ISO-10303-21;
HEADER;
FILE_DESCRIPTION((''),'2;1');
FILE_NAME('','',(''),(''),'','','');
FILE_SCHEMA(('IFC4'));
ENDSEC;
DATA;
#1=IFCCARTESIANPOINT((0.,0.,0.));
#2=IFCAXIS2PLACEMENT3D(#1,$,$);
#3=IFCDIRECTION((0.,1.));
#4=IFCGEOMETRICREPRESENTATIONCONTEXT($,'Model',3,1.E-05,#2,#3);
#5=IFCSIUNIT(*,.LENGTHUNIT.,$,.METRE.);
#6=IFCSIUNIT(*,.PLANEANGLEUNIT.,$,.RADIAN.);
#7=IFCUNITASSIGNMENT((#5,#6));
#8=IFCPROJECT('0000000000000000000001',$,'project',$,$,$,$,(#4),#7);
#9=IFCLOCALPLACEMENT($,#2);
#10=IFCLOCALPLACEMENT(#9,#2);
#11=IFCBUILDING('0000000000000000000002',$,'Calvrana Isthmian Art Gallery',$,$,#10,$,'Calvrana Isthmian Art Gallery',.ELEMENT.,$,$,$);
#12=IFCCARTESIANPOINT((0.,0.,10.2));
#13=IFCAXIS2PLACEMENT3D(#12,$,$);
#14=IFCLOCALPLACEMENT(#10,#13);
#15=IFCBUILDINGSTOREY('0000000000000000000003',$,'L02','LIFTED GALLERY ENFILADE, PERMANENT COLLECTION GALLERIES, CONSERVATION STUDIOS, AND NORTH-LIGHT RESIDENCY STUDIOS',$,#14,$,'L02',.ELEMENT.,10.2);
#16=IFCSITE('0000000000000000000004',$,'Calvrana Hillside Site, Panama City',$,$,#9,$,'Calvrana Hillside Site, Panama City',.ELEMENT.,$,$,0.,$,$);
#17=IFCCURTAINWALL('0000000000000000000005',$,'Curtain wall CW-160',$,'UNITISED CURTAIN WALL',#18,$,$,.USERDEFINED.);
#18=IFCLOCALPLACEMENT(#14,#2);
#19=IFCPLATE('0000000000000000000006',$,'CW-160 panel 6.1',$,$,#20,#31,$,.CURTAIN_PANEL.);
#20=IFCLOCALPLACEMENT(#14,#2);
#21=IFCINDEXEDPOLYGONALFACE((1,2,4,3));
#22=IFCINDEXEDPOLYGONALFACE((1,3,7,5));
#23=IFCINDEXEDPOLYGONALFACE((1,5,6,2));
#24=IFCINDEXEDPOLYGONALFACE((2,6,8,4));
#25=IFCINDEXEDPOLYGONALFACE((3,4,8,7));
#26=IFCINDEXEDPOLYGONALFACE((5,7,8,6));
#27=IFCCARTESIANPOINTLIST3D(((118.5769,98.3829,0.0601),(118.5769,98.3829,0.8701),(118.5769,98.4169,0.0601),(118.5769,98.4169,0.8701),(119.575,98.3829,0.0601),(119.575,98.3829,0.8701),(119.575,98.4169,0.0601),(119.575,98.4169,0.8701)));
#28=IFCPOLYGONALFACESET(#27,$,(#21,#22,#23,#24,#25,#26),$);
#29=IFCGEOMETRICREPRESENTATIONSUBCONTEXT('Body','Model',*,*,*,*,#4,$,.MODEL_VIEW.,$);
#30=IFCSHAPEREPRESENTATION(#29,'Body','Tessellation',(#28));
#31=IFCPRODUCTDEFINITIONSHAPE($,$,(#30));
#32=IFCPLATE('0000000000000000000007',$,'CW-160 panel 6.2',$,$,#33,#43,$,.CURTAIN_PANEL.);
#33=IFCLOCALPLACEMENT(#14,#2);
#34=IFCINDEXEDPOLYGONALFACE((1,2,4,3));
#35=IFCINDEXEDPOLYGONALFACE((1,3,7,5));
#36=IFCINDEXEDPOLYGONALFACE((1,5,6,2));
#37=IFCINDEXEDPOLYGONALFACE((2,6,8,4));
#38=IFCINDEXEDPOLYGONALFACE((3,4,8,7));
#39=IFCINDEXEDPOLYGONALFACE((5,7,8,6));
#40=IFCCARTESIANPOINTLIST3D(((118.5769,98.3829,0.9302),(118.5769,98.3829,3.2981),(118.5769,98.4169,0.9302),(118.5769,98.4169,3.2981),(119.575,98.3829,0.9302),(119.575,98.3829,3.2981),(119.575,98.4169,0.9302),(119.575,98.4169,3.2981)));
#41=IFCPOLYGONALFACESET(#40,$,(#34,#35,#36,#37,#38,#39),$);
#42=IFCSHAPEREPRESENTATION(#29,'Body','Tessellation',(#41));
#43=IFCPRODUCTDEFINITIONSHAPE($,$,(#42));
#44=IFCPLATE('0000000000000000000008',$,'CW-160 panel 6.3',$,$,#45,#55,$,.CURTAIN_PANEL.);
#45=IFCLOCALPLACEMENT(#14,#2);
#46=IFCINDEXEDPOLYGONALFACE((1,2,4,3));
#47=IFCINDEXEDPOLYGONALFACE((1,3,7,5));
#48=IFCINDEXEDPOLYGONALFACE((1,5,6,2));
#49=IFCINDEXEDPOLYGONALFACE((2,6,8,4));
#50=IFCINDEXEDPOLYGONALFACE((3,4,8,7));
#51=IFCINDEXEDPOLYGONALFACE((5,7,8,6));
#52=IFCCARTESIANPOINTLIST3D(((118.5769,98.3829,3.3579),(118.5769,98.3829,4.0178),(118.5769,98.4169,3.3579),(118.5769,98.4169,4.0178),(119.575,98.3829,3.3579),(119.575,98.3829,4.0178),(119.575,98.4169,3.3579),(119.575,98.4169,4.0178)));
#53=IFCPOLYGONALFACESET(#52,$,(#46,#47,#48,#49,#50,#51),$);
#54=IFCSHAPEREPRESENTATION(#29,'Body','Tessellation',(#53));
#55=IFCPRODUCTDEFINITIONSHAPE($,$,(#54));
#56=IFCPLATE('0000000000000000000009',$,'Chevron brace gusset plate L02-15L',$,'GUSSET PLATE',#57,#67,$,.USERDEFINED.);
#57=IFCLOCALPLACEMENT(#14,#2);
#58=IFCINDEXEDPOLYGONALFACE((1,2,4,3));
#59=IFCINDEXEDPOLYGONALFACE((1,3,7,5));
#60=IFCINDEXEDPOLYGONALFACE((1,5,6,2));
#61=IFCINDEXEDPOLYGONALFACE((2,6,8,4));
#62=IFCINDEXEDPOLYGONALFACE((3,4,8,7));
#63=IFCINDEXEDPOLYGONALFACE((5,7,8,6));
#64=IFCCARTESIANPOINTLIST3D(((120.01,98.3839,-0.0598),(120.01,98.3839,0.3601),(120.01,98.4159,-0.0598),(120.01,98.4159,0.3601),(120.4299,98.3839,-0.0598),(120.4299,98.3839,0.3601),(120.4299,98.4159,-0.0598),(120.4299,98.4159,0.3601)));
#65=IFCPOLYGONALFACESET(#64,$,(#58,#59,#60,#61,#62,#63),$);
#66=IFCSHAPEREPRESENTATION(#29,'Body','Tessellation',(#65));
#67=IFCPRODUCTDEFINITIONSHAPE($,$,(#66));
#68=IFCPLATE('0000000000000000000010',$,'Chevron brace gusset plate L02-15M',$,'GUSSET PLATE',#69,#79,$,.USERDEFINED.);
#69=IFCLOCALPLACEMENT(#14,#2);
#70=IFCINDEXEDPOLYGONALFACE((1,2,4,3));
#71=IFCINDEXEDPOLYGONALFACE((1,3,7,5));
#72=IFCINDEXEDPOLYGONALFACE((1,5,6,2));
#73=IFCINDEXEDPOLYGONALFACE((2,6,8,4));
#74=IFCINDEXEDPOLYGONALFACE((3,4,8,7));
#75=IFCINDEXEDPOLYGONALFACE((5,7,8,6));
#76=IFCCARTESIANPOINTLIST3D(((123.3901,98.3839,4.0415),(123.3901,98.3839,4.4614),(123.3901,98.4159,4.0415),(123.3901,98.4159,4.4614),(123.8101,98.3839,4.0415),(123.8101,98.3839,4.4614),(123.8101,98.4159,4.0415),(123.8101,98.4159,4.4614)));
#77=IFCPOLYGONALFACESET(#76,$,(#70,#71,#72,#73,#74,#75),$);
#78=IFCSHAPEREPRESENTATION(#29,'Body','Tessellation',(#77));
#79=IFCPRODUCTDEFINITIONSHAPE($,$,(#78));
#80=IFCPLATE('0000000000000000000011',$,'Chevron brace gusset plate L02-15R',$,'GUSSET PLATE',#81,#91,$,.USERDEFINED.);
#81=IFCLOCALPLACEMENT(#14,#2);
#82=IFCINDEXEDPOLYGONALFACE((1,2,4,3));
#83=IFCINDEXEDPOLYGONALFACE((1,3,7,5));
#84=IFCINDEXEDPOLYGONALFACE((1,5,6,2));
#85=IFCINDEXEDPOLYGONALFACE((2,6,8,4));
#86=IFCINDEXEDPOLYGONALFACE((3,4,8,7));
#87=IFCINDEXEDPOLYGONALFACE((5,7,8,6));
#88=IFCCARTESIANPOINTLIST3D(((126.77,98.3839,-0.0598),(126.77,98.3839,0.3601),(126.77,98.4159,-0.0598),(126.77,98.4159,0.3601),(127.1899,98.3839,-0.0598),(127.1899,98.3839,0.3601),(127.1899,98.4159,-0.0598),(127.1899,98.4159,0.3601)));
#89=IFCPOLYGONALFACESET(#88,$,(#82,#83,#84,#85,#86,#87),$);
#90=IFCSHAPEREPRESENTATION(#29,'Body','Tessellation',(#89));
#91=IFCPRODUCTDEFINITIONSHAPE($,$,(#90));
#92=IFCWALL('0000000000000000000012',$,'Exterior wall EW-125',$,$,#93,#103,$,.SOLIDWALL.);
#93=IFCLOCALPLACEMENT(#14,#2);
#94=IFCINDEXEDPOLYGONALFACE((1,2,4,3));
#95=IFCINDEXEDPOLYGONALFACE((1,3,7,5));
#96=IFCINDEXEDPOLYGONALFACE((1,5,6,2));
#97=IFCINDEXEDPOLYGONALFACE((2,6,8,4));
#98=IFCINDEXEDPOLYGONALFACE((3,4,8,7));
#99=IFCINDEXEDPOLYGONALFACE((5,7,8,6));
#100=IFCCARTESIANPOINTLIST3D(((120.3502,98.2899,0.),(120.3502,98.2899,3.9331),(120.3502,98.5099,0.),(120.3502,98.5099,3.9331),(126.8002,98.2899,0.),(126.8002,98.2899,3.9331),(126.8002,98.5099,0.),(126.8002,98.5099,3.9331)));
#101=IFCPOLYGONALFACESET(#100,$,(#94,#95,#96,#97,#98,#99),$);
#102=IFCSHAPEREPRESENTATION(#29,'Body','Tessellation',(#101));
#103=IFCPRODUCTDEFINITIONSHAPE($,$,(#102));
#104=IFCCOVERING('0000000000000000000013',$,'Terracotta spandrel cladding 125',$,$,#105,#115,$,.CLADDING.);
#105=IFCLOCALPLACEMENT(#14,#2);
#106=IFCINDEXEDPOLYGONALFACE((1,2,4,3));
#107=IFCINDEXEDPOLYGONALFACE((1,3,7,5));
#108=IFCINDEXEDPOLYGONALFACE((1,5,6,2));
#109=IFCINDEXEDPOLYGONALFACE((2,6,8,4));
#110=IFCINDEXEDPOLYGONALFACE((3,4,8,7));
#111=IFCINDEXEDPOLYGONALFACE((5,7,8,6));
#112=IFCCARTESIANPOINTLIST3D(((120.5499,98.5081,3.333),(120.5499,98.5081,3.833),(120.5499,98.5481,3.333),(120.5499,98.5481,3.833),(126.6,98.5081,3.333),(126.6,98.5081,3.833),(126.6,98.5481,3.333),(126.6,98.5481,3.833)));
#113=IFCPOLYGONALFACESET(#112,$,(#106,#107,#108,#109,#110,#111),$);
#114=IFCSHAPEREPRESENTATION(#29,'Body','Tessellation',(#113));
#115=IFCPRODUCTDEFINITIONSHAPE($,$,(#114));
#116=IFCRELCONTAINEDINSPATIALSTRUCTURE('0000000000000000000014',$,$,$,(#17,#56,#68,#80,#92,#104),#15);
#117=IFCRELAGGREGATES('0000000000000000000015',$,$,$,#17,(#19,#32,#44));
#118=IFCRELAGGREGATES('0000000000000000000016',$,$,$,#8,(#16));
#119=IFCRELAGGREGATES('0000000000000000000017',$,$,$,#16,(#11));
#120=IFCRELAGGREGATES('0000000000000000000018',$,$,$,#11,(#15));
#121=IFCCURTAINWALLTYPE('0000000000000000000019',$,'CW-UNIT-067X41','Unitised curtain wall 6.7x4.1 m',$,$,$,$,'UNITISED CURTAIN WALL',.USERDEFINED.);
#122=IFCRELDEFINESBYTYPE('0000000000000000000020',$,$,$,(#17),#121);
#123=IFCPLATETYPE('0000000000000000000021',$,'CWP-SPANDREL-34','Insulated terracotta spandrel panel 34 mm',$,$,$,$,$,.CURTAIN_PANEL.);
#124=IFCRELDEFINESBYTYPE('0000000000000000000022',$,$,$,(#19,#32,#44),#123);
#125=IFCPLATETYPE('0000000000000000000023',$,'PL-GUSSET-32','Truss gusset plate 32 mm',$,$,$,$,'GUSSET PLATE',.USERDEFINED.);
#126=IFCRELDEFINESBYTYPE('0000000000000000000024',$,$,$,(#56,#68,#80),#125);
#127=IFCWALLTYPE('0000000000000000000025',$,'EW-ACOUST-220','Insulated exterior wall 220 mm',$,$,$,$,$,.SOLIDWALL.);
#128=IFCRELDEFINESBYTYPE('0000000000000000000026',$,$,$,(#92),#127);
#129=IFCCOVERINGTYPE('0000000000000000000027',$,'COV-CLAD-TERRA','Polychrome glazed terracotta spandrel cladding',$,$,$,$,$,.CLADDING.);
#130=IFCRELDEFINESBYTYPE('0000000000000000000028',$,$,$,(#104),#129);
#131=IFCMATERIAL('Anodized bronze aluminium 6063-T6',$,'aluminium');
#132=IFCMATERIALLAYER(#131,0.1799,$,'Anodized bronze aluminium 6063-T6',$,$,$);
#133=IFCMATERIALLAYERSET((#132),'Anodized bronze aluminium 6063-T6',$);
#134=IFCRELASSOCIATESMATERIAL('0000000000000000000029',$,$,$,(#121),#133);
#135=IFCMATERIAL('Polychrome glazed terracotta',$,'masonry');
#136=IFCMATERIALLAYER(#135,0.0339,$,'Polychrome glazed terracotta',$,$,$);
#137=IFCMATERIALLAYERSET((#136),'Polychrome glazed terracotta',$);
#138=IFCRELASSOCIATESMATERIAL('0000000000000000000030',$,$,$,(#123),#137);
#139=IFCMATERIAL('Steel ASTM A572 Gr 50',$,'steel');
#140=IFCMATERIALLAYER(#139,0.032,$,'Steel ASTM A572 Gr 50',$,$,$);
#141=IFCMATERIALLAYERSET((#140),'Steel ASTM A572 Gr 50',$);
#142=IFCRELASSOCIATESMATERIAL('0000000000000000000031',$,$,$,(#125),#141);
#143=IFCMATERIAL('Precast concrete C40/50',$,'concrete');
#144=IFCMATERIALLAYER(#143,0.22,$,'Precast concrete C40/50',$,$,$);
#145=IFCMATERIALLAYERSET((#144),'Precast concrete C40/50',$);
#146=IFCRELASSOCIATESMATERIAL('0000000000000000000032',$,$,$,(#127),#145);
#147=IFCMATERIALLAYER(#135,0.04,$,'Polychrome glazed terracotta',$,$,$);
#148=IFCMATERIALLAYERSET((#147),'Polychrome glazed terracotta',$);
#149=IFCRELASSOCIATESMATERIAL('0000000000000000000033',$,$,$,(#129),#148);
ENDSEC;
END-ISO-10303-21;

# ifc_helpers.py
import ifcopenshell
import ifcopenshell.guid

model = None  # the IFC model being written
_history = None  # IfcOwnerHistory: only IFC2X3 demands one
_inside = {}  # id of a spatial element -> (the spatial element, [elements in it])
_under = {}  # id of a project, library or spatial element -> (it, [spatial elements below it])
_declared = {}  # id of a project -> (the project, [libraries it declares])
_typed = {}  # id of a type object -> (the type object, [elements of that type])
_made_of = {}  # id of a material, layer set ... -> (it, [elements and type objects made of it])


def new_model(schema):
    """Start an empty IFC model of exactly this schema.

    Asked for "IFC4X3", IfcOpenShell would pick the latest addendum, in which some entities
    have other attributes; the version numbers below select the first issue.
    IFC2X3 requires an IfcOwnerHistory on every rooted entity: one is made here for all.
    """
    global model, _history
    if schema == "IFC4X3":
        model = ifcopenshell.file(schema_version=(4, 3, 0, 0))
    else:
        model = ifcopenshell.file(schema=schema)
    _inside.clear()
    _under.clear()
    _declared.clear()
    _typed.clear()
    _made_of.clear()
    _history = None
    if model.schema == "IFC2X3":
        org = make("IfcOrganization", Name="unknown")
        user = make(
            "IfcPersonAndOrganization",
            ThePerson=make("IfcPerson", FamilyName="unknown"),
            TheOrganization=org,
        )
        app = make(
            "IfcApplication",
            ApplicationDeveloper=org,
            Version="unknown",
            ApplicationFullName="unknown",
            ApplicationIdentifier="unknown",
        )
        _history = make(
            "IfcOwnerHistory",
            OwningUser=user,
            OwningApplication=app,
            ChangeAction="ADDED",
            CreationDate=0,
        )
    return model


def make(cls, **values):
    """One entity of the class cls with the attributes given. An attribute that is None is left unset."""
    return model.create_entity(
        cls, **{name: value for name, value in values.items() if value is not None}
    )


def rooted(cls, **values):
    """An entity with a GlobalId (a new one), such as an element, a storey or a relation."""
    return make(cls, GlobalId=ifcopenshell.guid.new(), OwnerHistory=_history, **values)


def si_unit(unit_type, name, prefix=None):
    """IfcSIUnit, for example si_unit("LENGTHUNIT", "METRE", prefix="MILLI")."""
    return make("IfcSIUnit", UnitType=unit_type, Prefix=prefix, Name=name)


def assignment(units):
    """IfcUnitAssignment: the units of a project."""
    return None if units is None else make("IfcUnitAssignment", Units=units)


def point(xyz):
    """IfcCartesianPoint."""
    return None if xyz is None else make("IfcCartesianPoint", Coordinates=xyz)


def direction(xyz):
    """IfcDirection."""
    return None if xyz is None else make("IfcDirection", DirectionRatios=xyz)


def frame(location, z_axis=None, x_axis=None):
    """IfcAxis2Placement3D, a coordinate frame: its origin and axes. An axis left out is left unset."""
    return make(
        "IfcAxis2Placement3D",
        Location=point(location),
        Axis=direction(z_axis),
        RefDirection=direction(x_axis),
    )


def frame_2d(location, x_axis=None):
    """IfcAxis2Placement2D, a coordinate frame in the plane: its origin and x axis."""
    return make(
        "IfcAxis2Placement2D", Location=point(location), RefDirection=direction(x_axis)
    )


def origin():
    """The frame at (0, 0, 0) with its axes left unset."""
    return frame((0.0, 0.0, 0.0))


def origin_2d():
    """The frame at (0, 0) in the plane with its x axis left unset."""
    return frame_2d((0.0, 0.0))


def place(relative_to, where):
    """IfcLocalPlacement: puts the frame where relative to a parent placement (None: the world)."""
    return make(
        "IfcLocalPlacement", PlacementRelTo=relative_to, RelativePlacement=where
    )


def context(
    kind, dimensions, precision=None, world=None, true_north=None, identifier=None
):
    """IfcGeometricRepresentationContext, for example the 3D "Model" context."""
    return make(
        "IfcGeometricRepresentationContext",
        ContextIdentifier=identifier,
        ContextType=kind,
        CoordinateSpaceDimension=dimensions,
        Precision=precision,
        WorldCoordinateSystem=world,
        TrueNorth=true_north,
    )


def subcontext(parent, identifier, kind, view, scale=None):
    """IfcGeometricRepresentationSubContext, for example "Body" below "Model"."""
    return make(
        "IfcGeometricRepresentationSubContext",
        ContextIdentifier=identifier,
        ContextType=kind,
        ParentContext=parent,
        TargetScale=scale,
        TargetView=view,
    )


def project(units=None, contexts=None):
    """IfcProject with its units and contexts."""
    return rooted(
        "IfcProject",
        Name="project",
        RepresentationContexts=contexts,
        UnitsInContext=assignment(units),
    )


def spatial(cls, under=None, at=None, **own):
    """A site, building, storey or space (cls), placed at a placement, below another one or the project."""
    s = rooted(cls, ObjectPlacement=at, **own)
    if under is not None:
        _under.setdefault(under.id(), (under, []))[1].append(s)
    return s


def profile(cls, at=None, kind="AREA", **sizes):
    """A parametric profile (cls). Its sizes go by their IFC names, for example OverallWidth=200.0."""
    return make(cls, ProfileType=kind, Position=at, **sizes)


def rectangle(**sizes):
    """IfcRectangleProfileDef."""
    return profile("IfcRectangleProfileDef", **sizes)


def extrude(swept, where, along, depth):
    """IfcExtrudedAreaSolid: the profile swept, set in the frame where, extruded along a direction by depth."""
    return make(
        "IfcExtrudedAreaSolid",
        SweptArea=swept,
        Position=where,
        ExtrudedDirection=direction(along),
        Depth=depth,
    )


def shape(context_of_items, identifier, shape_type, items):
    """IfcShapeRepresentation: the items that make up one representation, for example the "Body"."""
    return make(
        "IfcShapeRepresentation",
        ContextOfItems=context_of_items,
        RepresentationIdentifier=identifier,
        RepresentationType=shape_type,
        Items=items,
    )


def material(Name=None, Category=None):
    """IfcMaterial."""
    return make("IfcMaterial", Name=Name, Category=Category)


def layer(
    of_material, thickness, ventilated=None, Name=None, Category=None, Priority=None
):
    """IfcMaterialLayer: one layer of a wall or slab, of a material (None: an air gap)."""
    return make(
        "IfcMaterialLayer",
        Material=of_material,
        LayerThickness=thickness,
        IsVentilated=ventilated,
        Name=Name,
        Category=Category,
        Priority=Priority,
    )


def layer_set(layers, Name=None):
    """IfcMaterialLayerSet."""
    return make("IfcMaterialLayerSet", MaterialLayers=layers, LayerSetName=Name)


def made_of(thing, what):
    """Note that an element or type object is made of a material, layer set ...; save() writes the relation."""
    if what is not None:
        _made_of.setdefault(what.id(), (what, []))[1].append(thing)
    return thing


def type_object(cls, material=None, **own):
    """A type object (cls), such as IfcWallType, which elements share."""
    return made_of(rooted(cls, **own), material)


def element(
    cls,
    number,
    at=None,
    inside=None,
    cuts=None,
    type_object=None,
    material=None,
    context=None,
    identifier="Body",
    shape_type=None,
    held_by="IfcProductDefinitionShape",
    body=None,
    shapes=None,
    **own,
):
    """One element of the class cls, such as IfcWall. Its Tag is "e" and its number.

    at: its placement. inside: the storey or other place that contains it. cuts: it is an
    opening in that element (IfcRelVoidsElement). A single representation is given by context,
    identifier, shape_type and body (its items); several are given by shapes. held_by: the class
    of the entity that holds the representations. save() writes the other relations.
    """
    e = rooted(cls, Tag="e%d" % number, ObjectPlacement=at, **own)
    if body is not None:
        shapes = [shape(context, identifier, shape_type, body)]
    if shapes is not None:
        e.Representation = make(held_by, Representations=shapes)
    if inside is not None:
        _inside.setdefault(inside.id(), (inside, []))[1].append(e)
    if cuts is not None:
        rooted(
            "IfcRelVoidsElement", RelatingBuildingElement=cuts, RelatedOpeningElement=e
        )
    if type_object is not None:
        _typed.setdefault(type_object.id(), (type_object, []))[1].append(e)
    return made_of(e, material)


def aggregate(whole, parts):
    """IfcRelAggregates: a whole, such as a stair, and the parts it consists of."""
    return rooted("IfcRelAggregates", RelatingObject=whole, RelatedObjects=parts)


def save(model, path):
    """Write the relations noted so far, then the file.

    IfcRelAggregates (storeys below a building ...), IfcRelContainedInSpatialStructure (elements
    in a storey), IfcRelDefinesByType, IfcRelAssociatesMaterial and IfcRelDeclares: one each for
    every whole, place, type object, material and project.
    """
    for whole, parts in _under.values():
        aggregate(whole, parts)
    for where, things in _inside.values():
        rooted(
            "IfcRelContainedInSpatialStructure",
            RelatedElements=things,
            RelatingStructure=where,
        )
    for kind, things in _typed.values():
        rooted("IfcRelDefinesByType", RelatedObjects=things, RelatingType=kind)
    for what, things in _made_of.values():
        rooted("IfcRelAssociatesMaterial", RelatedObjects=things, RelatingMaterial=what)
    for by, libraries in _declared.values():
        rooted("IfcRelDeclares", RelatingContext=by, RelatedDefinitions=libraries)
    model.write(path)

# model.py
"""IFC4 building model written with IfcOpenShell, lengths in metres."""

from ifc_helpers import new_model, si_unit, direction, frame, frame_2d, origin, origin_2d, place, context, subcontext, project, spatial, rectangle, extrude, material, layer, layer_set, type_object, element, aggregate, save


model = new_model("IFC4")

# Units and contexts
model_context = context("Model", 3, precision=1e-05, world=origin(), true_north=direction((0.0, 1.0)))
body_context = subcontext(model_context, "Body", "Model", "MODEL_VIEW")
ifc_project = project(units=[si_unit("LENGTHUNIT", "METRE"), si_unit("PLANEANGLEUNIT", "RADIAN")], contexts=[model_context])

# Site, building, storey
site_placement = place(None, origin())
site = spatial("IfcSite", under=ifc_project, at=site_placement, Name="Calvrana Hillside Site, Panama City", LongName="Calvrana Hillside Site, Panama City", CompositionType="ELEMENT", RefElevation=0.0)
building_placement = place(site_placement, origin())
building = spatial("IfcBuilding", under=site, at=building_placement, Name="Calvrana Isthmian Art Gallery", LongName="Calvrana Isthmian Art Gallery", CompositionType="ELEMENT")
storey_placement = place(building_placement, frame((0.0, 0.0, 10.2)))
storey = spatial("IfcBuildingStorey", under=building, at=storey_placement, Name="L02", Description="LIFTED GALLERY ENFILADE, PERMANENT COLLECTION GALLERIES, CONSERVATION STUDIOS, AND NORTH-LIGHT RESIDENCY STUDIOS", LongName="L02", CompositionType="ELEMENT", Elevation=10.2)

# Curtain wall
ifc_material_1 = material(Name="Anodized bronze aluminium 6063-T6", Category="aluminium")
ifc_layer_1 = layer(ifc_material_1, 0.1799, Name="Anodized bronze aluminium 6063-T6")
ifc_layer_set_1 = layer_set([ifc_layer_1], Name="Anodized bronze aluminium 6063-T6")
curtain_wall_type_1 = type_object("IfcCurtainWallType", Name="CW-UNIT-067X41", Description="Unitised curtain wall 6.7x4.1 m", ElementType="UNITISED CURTAIN WALL", PredefinedType="USERDEFINED", material=ifc_layer_set_1)
curtain_wall_1_placement = place(storey_placement, origin())
curtain_wall_1 = element("IfcCurtainWall", 1, at=curtain_wall_1_placement, inside=storey, type_object=curtain_wall_type_1, Name="Curtain wall CW-160", ObjectType="UNITISED CURTAIN WALL", PredefinedType="USERDEFINED")

# Plates
ifc_material_2 = material(Name="Polychrome glazed terracotta", Category="masonry")
ifc_layer_2 = layer(ifc_material_2, 0.0339, Name="Polychrome glazed terracotta")
ifc_layer_set_2 = layer_set([ifc_layer_2], Name="Polychrome glazed terracotta")
plate_type_1 = type_object("IfcPlateType", Name="CWP-SPANDREL-34", Description="Insulated terracotta spandrel panel 34 mm", PredefinedType="CURTAIN_PANEL", material=ifc_layer_set_2)
plate_1_placement = place(storey_placement, frame((119.0759, 98.3999, 0.0601), z_axis=(0.0, 0.0, 1.0), x_axis=(1.0, 0.0, 0.0)))
plate_1 = element("IfcPlate", 2, at=plate_1_placement, type_object=plate_type_1, Name="CW-160 panel 6.1", PredefinedType="CURTAIN_PANEL", context=body_context, shape_type="SweptSolid", body=[
    extrude(rectangle(XDim=0.998, YDim=0.0339, at=origin_2d()), origin(), (0.0, 0.0, 1.0), 0.8101),
])
plate_2_placement = place(storey_placement, frame((119.0759, 98.3999, 0.9302), z_axis=(0.0, 0.0, 1.0), x_axis=(1.0, 0.0, 0.0)))
plate_2 = element("IfcPlate", 3, at=plate_2_placement, type_object=plate_type_1, Name="CW-160 panel 6.2", PredefinedType="CURTAIN_PANEL", context=body_context, shape_type="SweptSolid", body=[
    extrude(rectangle(XDim=0.998, YDim=0.0339, at=origin_2d()), origin(), (0.0, 0.0, 1.0), 2.3679),
])
plate_3_placement = place(storey_placement, frame((119.0759, 98.3999, 3.3579), z_axis=(0.0, 0.0, 1.0), x_axis=(1.0, 0.0, 0.0)))
plate_3 = element("IfcPlate", 4, at=plate_3_placement, type_object=plate_type_1, Name="CW-160 panel 6.3", PredefinedType="CURTAIN_PANEL", context=body_context, shape_type="SweptSolid", body=[
    extrude(rectangle(XDim=0.998, YDim=0.0339, at=origin_2d()), origin(), (0.0, 0.0, 1.0), 0.6599),
])
aggregate(curtain_wall_1, [plate_1, plate_2, plate_3])

# Plates
ifc_material_3 = material(Name="Steel ASTM A572 Gr 50", Category="steel")
ifc_layer_3 = layer(ifc_material_3, 0.032, Name="Steel ASTM A572 Gr 50")
ifc_layer_set_3 = layer_set([ifc_layer_3], Name="Steel ASTM A572 Gr 50")
plate_type_2 = type_object("IfcPlateType", Name="PL-GUSSET-32", Description="Truss gusset plate 32 mm", ElementType="GUSSET PLATE", PredefinedType="USERDEFINED", material=ifc_layer_set_3)
for number, where, z_axis, x_axis, name in (
    (5, (120.22, 98.3999, -0.0598), (0.0, 0.0, 1.0), (1.0, 0.0, 0.0), "Chevron brace gusset plate L02-15L"),
    (6, (123.6001, 98.3999, 4.0415), (0.0, 0.0, 1.0), (1.0, 0.0, 0.0), "Chevron brace gusset plate L02-15M"),
    (7, (126.98, 98.3999, -0.0598), (0.0, 0.0, 1.0), (1.0, 0.0, 0.0), "Chevron brace gusset plate L02-15R"),
):
    element("IfcPlate", number, at=place(storey_placement, frame(where, z_axis=z_axis, x_axis=x_axis)), inside=storey, type_object=plate_type_2, Name=name, ObjectType="GUSSET PLATE", PredefinedType="USERDEFINED", context=body_context, shape_type="SweptSolid", body=[
        extrude(rectangle(XDim=0.4199, YDim=0.032, at=origin_2d()), origin(), (0.0, 0.0, 1.0), 0.4199),
    ])

# Wall
ifc_material_4 = material(Name="Precast concrete C40/50", Category="concrete")
ifc_layer_4 = layer(ifc_material_4, 0.22, Name="Precast concrete C40/50")
ifc_layer_set_4 = layer_set([ifc_layer_4], Name="Precast concrete C40/50")
wall_type = type_object("IfcWallType", Name="EW-ACOUST-220", Description="Insulated exterior wall 220 mm", PredefinedType="SOLIDWALL", material=ifc_layer_set_4)
wall_placement = place(storey_placement, frame((120.3501, 98.3999, 0.0), z_axis=(0.0, 0.0, 1.0), x_axis=(1.0, 0.0, 0.0)))
element("IfcWall", 8, at=wall_placement, inside=storey, type_object=wall_type, Name="Exterior wall EW-125", PredefinedType="SOLIDWALL", context=body_context, shape_type="SweptSolid", body=[
    extrude(rectangle(XDim=6.45, YDim=0.22, at=frame_2d((3.2251, 0.0))), origin(), (0.0, 0.0, 1.0), 3.9331),
])

# Covering
ifc_layer_5 = layer(ifc_material_2, 0.04, Name="Polychrome glazed terracotta")
ifc_layer_set_5 = layer_set([ifc_layer_5], Name="Polychrome glazed terracotta")
covering_type = type_object("IfcCoveringType", Name="COV-CLAD-TERRA", Description="Polychrome glazed terracotta spandrel cladding", PredefinedType="CLADDING", material=ifc_layer_set_5)
covering_placement = place(storey_placement, frame((123.575, 98.5281, 3.333), z_axis=(0.0, 0.0, 1.0), x_axis=(1.0, 0.0, 0.0)))
element("IfcCovering", 9, at=covering_placement, inside=storey, type_object=covering_type, Name="Terracotta spandrel cladding 125", PredefinedType="CLADDING", context=body_context, shape_type="SweptSolid", body=[
    extrude(rectangle(XDim=6.05, YDim=0.04, at=origin_2d()), origin(), (0.0, 0.0, 1.0), 0.5),
])

save(model, "model.ifc")
